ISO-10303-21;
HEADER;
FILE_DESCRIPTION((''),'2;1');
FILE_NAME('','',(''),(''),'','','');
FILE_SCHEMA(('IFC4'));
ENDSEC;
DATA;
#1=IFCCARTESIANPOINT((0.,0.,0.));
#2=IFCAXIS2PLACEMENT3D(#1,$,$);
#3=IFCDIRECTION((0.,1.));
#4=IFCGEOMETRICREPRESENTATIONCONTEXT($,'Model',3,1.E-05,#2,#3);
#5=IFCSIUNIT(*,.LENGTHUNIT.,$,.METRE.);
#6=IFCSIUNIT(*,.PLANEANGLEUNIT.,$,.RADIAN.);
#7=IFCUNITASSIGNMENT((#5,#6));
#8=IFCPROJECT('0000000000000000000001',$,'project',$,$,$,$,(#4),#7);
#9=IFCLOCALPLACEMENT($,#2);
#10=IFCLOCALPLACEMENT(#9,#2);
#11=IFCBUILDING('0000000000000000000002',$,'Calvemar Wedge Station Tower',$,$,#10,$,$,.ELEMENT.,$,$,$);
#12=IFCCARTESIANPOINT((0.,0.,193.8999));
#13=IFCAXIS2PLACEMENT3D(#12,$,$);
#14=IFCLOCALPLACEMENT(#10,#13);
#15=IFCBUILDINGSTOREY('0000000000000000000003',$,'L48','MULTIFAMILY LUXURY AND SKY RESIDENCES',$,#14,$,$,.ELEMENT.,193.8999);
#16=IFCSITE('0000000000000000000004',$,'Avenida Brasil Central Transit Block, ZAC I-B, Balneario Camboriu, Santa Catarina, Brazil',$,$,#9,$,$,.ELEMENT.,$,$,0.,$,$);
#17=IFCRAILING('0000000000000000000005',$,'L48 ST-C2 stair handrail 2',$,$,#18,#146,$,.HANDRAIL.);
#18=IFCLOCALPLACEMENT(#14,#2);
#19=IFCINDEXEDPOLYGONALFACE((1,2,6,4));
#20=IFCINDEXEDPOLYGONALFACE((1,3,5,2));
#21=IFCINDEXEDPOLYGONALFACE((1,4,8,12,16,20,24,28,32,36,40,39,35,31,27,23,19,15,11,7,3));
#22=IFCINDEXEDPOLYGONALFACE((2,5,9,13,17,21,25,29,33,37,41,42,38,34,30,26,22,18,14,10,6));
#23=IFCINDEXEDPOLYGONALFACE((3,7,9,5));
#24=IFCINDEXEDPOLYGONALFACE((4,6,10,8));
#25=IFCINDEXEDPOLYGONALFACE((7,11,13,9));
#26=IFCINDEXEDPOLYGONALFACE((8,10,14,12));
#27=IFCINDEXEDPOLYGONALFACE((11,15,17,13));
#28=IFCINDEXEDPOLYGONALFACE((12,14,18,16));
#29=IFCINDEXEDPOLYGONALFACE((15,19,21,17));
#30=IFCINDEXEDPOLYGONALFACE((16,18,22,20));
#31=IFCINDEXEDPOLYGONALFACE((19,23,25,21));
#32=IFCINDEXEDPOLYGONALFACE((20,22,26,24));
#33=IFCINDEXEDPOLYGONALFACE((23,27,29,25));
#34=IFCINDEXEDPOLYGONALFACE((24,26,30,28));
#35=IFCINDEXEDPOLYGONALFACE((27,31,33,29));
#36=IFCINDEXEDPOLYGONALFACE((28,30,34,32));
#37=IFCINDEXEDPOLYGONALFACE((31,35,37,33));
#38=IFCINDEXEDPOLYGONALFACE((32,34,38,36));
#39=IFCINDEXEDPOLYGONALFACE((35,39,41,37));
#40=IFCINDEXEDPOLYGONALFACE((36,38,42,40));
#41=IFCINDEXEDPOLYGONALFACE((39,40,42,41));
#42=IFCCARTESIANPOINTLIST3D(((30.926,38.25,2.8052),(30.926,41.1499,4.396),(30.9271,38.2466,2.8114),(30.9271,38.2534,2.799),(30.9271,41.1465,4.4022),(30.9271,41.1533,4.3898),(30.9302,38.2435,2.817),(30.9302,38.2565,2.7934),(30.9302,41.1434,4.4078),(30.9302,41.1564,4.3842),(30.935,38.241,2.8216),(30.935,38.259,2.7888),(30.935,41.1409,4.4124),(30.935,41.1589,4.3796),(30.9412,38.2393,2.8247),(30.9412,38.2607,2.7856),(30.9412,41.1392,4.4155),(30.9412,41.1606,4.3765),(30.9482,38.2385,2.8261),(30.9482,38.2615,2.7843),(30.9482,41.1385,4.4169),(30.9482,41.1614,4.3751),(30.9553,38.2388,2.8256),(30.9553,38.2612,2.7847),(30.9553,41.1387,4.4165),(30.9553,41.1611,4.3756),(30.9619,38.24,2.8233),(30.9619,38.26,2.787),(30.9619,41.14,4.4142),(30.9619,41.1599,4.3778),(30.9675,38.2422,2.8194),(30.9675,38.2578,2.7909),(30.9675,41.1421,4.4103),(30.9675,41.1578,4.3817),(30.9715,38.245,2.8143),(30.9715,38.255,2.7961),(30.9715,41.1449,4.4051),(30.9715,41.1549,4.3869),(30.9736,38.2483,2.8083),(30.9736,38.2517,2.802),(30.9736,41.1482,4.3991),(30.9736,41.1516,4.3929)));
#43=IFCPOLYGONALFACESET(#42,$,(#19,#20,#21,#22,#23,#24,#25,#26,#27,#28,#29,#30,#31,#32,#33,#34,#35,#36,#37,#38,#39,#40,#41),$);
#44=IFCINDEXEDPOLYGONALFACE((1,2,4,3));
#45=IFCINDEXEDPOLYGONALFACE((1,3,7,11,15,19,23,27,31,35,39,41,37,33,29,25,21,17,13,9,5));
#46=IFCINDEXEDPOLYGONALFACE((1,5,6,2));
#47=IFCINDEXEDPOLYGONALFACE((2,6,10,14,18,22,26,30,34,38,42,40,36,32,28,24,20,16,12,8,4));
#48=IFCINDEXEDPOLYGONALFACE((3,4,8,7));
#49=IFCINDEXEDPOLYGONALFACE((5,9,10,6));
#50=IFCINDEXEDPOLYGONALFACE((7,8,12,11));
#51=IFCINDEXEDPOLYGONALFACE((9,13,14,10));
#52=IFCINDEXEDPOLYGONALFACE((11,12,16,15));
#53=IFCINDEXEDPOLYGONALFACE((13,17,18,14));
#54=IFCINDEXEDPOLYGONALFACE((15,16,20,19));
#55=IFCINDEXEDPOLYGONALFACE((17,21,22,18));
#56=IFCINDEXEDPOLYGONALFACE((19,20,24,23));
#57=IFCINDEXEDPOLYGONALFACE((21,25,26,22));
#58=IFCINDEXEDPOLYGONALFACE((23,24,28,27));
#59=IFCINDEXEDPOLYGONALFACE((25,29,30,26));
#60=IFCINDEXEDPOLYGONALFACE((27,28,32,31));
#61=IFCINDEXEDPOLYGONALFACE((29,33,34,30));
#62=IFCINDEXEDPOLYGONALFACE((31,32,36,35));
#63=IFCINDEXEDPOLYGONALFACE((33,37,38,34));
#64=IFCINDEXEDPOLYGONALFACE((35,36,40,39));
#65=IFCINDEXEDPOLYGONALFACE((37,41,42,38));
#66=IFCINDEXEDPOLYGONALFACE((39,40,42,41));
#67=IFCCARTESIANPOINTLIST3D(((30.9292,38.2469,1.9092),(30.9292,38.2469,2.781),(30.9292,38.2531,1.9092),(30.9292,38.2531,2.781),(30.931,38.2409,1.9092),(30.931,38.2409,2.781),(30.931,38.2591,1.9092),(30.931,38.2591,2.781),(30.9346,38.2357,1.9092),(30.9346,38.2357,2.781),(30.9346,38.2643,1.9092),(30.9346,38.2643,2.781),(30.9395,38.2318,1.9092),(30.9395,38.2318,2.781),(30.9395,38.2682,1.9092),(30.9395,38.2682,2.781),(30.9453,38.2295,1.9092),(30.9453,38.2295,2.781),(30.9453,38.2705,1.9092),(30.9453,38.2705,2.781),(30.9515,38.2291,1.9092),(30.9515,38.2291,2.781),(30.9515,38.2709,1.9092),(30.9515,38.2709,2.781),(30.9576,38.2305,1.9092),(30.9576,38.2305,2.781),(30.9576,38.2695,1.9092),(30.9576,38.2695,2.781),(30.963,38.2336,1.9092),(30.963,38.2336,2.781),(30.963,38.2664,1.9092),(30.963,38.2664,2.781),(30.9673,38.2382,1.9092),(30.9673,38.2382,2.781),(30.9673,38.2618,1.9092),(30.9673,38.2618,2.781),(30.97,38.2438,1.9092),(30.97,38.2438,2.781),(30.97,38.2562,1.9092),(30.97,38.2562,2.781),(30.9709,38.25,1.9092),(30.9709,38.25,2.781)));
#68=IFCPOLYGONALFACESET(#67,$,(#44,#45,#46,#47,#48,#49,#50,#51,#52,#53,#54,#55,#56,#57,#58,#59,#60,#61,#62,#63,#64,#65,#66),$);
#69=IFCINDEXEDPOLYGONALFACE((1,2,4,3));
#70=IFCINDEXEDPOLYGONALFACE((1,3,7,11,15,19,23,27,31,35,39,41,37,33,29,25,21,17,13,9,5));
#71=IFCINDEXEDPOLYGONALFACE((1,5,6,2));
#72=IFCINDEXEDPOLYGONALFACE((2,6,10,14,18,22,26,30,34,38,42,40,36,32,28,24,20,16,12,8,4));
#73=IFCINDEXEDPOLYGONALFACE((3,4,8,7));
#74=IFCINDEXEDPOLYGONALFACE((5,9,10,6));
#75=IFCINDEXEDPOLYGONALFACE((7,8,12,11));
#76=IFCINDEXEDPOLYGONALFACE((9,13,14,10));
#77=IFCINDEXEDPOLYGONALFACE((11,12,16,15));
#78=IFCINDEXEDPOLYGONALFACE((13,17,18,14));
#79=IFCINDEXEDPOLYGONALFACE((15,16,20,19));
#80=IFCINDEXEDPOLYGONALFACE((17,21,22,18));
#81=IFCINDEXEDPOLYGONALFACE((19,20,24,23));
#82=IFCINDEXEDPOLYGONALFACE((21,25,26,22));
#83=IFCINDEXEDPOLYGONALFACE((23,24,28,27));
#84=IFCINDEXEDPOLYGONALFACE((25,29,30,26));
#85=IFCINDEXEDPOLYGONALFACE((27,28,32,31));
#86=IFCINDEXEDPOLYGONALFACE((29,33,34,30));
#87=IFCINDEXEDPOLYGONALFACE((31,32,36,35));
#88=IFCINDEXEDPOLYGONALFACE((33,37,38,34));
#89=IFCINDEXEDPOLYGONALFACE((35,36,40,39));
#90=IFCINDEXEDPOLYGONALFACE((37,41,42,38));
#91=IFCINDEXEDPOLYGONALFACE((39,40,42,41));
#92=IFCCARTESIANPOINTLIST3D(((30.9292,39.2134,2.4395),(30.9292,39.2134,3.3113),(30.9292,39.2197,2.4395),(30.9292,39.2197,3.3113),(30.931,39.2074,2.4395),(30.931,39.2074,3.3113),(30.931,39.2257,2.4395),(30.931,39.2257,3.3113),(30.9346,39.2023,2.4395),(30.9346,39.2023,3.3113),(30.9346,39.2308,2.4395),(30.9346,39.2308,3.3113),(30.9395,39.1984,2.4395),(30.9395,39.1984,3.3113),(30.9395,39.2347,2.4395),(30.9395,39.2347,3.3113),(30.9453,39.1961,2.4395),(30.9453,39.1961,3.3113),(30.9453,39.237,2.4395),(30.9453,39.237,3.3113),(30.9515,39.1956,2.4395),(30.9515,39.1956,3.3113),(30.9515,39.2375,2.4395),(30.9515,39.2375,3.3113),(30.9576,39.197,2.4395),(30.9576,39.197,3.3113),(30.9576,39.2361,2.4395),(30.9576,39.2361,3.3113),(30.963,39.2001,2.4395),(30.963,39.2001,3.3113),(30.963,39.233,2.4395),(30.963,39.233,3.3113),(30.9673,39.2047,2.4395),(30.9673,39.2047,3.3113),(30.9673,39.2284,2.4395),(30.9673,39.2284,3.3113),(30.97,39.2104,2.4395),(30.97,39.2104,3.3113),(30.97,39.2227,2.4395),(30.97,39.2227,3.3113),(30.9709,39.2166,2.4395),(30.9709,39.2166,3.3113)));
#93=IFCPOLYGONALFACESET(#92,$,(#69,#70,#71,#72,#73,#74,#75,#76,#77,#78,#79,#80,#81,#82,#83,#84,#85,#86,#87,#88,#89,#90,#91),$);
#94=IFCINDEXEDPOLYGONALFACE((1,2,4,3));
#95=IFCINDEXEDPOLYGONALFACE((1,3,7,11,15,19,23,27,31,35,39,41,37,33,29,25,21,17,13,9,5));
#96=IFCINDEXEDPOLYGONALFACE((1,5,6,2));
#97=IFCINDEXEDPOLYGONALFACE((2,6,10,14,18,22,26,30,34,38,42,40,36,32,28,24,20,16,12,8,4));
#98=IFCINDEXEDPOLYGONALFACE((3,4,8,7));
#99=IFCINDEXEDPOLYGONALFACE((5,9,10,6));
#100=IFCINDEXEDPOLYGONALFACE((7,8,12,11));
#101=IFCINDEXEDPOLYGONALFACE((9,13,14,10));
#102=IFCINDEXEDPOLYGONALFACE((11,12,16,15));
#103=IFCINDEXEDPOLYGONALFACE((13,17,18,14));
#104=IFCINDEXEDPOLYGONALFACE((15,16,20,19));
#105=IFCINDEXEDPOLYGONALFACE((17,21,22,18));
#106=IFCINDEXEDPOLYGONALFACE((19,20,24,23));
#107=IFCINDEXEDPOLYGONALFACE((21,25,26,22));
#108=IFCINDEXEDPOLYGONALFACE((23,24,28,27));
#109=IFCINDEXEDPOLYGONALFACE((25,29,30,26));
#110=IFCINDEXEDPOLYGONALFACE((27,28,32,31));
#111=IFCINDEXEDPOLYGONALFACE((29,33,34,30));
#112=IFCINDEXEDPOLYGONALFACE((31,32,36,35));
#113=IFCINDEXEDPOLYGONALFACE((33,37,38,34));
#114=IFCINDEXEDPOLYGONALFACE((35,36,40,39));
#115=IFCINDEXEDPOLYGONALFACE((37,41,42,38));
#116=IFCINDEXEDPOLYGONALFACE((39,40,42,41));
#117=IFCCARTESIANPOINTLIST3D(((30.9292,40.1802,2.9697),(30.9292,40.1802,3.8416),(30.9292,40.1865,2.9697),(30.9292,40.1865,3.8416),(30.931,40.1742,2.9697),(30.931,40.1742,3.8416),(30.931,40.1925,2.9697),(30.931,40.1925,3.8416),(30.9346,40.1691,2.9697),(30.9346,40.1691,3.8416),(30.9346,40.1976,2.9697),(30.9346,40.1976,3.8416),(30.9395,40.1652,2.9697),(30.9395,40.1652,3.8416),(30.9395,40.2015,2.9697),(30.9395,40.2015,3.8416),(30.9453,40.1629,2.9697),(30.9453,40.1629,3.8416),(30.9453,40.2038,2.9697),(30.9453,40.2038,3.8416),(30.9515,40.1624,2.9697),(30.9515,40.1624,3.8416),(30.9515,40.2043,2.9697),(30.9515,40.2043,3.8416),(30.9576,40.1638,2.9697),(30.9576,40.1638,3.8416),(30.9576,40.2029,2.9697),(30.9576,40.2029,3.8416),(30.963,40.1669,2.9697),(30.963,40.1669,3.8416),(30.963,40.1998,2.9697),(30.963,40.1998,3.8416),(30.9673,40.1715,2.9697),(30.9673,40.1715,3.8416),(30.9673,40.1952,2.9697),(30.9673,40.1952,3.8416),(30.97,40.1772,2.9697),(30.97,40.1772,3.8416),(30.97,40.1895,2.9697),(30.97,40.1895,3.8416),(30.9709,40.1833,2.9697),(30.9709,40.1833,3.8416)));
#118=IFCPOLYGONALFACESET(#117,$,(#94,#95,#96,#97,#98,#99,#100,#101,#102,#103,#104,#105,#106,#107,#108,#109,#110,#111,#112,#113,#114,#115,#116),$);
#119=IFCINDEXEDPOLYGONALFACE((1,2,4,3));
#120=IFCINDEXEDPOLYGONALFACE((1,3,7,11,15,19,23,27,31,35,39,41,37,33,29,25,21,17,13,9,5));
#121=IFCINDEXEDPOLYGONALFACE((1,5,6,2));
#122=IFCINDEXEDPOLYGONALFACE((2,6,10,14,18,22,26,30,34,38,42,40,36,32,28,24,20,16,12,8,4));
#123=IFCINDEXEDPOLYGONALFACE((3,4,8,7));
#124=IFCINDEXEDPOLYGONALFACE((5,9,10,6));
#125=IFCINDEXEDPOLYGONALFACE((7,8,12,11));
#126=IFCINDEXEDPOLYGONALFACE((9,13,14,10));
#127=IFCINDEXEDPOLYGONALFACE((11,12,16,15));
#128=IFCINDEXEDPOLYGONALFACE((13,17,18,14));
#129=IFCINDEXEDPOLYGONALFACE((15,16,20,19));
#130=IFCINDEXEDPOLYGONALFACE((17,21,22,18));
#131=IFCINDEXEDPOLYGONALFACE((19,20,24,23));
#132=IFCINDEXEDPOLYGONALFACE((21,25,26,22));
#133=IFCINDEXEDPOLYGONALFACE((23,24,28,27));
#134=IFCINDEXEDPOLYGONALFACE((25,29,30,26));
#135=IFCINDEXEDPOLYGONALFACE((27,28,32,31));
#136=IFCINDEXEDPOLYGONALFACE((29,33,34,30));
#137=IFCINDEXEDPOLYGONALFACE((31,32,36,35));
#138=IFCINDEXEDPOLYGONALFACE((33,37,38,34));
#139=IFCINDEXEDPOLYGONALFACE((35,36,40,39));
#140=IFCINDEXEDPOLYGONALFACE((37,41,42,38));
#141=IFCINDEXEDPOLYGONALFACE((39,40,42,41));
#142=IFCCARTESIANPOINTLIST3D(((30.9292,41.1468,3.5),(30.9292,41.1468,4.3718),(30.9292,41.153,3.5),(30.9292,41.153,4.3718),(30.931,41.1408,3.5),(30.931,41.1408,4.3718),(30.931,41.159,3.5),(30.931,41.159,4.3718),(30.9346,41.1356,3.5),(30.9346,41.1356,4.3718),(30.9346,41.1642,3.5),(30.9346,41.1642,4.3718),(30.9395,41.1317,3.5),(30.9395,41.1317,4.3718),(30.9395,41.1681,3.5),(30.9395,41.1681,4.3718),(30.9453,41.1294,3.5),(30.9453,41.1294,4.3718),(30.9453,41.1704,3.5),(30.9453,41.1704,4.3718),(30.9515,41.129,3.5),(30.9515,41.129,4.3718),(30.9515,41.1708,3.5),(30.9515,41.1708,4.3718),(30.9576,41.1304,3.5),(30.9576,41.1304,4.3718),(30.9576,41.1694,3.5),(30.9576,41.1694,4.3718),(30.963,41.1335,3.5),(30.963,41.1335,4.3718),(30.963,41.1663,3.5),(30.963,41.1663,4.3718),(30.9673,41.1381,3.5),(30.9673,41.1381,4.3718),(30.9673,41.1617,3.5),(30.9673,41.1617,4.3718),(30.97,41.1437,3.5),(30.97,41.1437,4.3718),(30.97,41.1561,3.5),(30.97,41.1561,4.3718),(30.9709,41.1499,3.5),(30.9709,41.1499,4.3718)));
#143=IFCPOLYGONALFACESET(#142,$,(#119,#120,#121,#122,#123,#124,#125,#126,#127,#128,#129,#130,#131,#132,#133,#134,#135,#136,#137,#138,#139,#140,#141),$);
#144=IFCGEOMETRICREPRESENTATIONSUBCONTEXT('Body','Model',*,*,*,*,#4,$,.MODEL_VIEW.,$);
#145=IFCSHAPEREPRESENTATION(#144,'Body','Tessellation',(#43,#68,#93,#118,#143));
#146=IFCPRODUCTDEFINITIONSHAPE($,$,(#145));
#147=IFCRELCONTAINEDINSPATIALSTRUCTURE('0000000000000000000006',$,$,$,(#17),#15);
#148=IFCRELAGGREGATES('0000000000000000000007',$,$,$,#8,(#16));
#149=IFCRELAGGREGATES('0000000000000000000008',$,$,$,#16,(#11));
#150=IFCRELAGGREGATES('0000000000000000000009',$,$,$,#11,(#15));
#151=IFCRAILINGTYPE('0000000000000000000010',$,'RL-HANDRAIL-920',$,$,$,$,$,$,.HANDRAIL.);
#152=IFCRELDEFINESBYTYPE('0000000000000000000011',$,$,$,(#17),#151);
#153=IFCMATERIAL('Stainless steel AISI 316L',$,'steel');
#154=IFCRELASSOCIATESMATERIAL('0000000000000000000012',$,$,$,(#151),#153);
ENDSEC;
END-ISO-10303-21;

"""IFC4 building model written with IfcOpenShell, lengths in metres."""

from ifc_helpers import new_model, si_unit, direction, frame, origin, origin_2d, place, context, subcontext, project, spatial, circle, extrude, material, type_object, element, save


model = new_model("IFC4")

# Units and contexts
model_context = context("Model", 3, precision=1e-05, world=origin(), true_north=direction((0.0, 1.0)))
body_context = subcontext(model_context, "Body", "Model", "MODEL_VIEW")
ifc_project = project(units=[si_unit("LENGTHUNIT", "METRE"), si_unit("PLANEANGLEUNIT", "RADIAN")], contexts=[model_context])

# Site, building, storey
site_placement = place(None, origin())
site = spatial("IfcSite", under=ifc_project, at=site_placement, Name="Avenida Brasil Central Transit Block, ZAC I-B, Balneario Camboriu, Santa Catarina, Brazil", CompositionType="ELEMENT", RefElevation=0.0)
building_placement = place(site_placement, origin())
building = spatial("IfcBuilding", under=site, at=building_placement, Name="Calvemar Wedge Station Tower", CompositionType="ELEMENT")
storey_placement = place(building_placement, frame((0.0, 0.0, 193.8999)))
storey = spatial("IfcBuildingStorey", under=building, at=storey_placement, Name="L48", Description="MULTIFAMILY LUXURY AND SKY RESIDENCES", CompositionType="ELEMENT", Elevation=193.8999)

# Railing
ifc_material_1 = material(Name="Stainless steel AISI 316L", Category="steel")
railing_type_1 = type_object("IfcRailingType", Name="RL-HANDRAIL-920", PredefinedType="HANDRAIL", material=ifc_material_1)
railing_1_placement = place(storey_placement, frame((30.95, 38.25, 1.9092)))
element("IfcRailing", 1, at=railing_1_placement, inside=storey, type_object=railing_type_1, Name="L48 ST-C2 stair handrail 2", PredefinedType="HANDRAIL", context=body_context, shape_type="SweptSolid", body=[
    extrude(circle(Radius=0.0239, at=origin_2d()), frame((0.0, 0.0, 0.896), z_axis=(0.0, 0.876742, 0.480961), x_axis=(-1.0, 0.0, 0.0)), (0.0, 0.0, 1.0), 3.3076),
    extrude(circle(Radius=0.021, at=origin_2d()), origin(), (0.0, 0.0, 1.0), 0.8718),
    extrude(circle(Radius=0.021, at=origin_2d()), frame((0.0, 0.9666, 0.5303)), (0.0, 0.0, 1.0), 0.8718),
    extrude(circle(Radius=0.021, at=origin_2d()), frame((0.0, 1.9333, 1.0605)), (0.0, 0.0, 1.0), 0.8718),
    extrude(circle(Radius=0.021, at=origin_2d()), frame((0.0, 2.8999, 1.5908)), (0.0, 0.0, 1.0), 0.8718),
])

save(model, "model.ifc")
